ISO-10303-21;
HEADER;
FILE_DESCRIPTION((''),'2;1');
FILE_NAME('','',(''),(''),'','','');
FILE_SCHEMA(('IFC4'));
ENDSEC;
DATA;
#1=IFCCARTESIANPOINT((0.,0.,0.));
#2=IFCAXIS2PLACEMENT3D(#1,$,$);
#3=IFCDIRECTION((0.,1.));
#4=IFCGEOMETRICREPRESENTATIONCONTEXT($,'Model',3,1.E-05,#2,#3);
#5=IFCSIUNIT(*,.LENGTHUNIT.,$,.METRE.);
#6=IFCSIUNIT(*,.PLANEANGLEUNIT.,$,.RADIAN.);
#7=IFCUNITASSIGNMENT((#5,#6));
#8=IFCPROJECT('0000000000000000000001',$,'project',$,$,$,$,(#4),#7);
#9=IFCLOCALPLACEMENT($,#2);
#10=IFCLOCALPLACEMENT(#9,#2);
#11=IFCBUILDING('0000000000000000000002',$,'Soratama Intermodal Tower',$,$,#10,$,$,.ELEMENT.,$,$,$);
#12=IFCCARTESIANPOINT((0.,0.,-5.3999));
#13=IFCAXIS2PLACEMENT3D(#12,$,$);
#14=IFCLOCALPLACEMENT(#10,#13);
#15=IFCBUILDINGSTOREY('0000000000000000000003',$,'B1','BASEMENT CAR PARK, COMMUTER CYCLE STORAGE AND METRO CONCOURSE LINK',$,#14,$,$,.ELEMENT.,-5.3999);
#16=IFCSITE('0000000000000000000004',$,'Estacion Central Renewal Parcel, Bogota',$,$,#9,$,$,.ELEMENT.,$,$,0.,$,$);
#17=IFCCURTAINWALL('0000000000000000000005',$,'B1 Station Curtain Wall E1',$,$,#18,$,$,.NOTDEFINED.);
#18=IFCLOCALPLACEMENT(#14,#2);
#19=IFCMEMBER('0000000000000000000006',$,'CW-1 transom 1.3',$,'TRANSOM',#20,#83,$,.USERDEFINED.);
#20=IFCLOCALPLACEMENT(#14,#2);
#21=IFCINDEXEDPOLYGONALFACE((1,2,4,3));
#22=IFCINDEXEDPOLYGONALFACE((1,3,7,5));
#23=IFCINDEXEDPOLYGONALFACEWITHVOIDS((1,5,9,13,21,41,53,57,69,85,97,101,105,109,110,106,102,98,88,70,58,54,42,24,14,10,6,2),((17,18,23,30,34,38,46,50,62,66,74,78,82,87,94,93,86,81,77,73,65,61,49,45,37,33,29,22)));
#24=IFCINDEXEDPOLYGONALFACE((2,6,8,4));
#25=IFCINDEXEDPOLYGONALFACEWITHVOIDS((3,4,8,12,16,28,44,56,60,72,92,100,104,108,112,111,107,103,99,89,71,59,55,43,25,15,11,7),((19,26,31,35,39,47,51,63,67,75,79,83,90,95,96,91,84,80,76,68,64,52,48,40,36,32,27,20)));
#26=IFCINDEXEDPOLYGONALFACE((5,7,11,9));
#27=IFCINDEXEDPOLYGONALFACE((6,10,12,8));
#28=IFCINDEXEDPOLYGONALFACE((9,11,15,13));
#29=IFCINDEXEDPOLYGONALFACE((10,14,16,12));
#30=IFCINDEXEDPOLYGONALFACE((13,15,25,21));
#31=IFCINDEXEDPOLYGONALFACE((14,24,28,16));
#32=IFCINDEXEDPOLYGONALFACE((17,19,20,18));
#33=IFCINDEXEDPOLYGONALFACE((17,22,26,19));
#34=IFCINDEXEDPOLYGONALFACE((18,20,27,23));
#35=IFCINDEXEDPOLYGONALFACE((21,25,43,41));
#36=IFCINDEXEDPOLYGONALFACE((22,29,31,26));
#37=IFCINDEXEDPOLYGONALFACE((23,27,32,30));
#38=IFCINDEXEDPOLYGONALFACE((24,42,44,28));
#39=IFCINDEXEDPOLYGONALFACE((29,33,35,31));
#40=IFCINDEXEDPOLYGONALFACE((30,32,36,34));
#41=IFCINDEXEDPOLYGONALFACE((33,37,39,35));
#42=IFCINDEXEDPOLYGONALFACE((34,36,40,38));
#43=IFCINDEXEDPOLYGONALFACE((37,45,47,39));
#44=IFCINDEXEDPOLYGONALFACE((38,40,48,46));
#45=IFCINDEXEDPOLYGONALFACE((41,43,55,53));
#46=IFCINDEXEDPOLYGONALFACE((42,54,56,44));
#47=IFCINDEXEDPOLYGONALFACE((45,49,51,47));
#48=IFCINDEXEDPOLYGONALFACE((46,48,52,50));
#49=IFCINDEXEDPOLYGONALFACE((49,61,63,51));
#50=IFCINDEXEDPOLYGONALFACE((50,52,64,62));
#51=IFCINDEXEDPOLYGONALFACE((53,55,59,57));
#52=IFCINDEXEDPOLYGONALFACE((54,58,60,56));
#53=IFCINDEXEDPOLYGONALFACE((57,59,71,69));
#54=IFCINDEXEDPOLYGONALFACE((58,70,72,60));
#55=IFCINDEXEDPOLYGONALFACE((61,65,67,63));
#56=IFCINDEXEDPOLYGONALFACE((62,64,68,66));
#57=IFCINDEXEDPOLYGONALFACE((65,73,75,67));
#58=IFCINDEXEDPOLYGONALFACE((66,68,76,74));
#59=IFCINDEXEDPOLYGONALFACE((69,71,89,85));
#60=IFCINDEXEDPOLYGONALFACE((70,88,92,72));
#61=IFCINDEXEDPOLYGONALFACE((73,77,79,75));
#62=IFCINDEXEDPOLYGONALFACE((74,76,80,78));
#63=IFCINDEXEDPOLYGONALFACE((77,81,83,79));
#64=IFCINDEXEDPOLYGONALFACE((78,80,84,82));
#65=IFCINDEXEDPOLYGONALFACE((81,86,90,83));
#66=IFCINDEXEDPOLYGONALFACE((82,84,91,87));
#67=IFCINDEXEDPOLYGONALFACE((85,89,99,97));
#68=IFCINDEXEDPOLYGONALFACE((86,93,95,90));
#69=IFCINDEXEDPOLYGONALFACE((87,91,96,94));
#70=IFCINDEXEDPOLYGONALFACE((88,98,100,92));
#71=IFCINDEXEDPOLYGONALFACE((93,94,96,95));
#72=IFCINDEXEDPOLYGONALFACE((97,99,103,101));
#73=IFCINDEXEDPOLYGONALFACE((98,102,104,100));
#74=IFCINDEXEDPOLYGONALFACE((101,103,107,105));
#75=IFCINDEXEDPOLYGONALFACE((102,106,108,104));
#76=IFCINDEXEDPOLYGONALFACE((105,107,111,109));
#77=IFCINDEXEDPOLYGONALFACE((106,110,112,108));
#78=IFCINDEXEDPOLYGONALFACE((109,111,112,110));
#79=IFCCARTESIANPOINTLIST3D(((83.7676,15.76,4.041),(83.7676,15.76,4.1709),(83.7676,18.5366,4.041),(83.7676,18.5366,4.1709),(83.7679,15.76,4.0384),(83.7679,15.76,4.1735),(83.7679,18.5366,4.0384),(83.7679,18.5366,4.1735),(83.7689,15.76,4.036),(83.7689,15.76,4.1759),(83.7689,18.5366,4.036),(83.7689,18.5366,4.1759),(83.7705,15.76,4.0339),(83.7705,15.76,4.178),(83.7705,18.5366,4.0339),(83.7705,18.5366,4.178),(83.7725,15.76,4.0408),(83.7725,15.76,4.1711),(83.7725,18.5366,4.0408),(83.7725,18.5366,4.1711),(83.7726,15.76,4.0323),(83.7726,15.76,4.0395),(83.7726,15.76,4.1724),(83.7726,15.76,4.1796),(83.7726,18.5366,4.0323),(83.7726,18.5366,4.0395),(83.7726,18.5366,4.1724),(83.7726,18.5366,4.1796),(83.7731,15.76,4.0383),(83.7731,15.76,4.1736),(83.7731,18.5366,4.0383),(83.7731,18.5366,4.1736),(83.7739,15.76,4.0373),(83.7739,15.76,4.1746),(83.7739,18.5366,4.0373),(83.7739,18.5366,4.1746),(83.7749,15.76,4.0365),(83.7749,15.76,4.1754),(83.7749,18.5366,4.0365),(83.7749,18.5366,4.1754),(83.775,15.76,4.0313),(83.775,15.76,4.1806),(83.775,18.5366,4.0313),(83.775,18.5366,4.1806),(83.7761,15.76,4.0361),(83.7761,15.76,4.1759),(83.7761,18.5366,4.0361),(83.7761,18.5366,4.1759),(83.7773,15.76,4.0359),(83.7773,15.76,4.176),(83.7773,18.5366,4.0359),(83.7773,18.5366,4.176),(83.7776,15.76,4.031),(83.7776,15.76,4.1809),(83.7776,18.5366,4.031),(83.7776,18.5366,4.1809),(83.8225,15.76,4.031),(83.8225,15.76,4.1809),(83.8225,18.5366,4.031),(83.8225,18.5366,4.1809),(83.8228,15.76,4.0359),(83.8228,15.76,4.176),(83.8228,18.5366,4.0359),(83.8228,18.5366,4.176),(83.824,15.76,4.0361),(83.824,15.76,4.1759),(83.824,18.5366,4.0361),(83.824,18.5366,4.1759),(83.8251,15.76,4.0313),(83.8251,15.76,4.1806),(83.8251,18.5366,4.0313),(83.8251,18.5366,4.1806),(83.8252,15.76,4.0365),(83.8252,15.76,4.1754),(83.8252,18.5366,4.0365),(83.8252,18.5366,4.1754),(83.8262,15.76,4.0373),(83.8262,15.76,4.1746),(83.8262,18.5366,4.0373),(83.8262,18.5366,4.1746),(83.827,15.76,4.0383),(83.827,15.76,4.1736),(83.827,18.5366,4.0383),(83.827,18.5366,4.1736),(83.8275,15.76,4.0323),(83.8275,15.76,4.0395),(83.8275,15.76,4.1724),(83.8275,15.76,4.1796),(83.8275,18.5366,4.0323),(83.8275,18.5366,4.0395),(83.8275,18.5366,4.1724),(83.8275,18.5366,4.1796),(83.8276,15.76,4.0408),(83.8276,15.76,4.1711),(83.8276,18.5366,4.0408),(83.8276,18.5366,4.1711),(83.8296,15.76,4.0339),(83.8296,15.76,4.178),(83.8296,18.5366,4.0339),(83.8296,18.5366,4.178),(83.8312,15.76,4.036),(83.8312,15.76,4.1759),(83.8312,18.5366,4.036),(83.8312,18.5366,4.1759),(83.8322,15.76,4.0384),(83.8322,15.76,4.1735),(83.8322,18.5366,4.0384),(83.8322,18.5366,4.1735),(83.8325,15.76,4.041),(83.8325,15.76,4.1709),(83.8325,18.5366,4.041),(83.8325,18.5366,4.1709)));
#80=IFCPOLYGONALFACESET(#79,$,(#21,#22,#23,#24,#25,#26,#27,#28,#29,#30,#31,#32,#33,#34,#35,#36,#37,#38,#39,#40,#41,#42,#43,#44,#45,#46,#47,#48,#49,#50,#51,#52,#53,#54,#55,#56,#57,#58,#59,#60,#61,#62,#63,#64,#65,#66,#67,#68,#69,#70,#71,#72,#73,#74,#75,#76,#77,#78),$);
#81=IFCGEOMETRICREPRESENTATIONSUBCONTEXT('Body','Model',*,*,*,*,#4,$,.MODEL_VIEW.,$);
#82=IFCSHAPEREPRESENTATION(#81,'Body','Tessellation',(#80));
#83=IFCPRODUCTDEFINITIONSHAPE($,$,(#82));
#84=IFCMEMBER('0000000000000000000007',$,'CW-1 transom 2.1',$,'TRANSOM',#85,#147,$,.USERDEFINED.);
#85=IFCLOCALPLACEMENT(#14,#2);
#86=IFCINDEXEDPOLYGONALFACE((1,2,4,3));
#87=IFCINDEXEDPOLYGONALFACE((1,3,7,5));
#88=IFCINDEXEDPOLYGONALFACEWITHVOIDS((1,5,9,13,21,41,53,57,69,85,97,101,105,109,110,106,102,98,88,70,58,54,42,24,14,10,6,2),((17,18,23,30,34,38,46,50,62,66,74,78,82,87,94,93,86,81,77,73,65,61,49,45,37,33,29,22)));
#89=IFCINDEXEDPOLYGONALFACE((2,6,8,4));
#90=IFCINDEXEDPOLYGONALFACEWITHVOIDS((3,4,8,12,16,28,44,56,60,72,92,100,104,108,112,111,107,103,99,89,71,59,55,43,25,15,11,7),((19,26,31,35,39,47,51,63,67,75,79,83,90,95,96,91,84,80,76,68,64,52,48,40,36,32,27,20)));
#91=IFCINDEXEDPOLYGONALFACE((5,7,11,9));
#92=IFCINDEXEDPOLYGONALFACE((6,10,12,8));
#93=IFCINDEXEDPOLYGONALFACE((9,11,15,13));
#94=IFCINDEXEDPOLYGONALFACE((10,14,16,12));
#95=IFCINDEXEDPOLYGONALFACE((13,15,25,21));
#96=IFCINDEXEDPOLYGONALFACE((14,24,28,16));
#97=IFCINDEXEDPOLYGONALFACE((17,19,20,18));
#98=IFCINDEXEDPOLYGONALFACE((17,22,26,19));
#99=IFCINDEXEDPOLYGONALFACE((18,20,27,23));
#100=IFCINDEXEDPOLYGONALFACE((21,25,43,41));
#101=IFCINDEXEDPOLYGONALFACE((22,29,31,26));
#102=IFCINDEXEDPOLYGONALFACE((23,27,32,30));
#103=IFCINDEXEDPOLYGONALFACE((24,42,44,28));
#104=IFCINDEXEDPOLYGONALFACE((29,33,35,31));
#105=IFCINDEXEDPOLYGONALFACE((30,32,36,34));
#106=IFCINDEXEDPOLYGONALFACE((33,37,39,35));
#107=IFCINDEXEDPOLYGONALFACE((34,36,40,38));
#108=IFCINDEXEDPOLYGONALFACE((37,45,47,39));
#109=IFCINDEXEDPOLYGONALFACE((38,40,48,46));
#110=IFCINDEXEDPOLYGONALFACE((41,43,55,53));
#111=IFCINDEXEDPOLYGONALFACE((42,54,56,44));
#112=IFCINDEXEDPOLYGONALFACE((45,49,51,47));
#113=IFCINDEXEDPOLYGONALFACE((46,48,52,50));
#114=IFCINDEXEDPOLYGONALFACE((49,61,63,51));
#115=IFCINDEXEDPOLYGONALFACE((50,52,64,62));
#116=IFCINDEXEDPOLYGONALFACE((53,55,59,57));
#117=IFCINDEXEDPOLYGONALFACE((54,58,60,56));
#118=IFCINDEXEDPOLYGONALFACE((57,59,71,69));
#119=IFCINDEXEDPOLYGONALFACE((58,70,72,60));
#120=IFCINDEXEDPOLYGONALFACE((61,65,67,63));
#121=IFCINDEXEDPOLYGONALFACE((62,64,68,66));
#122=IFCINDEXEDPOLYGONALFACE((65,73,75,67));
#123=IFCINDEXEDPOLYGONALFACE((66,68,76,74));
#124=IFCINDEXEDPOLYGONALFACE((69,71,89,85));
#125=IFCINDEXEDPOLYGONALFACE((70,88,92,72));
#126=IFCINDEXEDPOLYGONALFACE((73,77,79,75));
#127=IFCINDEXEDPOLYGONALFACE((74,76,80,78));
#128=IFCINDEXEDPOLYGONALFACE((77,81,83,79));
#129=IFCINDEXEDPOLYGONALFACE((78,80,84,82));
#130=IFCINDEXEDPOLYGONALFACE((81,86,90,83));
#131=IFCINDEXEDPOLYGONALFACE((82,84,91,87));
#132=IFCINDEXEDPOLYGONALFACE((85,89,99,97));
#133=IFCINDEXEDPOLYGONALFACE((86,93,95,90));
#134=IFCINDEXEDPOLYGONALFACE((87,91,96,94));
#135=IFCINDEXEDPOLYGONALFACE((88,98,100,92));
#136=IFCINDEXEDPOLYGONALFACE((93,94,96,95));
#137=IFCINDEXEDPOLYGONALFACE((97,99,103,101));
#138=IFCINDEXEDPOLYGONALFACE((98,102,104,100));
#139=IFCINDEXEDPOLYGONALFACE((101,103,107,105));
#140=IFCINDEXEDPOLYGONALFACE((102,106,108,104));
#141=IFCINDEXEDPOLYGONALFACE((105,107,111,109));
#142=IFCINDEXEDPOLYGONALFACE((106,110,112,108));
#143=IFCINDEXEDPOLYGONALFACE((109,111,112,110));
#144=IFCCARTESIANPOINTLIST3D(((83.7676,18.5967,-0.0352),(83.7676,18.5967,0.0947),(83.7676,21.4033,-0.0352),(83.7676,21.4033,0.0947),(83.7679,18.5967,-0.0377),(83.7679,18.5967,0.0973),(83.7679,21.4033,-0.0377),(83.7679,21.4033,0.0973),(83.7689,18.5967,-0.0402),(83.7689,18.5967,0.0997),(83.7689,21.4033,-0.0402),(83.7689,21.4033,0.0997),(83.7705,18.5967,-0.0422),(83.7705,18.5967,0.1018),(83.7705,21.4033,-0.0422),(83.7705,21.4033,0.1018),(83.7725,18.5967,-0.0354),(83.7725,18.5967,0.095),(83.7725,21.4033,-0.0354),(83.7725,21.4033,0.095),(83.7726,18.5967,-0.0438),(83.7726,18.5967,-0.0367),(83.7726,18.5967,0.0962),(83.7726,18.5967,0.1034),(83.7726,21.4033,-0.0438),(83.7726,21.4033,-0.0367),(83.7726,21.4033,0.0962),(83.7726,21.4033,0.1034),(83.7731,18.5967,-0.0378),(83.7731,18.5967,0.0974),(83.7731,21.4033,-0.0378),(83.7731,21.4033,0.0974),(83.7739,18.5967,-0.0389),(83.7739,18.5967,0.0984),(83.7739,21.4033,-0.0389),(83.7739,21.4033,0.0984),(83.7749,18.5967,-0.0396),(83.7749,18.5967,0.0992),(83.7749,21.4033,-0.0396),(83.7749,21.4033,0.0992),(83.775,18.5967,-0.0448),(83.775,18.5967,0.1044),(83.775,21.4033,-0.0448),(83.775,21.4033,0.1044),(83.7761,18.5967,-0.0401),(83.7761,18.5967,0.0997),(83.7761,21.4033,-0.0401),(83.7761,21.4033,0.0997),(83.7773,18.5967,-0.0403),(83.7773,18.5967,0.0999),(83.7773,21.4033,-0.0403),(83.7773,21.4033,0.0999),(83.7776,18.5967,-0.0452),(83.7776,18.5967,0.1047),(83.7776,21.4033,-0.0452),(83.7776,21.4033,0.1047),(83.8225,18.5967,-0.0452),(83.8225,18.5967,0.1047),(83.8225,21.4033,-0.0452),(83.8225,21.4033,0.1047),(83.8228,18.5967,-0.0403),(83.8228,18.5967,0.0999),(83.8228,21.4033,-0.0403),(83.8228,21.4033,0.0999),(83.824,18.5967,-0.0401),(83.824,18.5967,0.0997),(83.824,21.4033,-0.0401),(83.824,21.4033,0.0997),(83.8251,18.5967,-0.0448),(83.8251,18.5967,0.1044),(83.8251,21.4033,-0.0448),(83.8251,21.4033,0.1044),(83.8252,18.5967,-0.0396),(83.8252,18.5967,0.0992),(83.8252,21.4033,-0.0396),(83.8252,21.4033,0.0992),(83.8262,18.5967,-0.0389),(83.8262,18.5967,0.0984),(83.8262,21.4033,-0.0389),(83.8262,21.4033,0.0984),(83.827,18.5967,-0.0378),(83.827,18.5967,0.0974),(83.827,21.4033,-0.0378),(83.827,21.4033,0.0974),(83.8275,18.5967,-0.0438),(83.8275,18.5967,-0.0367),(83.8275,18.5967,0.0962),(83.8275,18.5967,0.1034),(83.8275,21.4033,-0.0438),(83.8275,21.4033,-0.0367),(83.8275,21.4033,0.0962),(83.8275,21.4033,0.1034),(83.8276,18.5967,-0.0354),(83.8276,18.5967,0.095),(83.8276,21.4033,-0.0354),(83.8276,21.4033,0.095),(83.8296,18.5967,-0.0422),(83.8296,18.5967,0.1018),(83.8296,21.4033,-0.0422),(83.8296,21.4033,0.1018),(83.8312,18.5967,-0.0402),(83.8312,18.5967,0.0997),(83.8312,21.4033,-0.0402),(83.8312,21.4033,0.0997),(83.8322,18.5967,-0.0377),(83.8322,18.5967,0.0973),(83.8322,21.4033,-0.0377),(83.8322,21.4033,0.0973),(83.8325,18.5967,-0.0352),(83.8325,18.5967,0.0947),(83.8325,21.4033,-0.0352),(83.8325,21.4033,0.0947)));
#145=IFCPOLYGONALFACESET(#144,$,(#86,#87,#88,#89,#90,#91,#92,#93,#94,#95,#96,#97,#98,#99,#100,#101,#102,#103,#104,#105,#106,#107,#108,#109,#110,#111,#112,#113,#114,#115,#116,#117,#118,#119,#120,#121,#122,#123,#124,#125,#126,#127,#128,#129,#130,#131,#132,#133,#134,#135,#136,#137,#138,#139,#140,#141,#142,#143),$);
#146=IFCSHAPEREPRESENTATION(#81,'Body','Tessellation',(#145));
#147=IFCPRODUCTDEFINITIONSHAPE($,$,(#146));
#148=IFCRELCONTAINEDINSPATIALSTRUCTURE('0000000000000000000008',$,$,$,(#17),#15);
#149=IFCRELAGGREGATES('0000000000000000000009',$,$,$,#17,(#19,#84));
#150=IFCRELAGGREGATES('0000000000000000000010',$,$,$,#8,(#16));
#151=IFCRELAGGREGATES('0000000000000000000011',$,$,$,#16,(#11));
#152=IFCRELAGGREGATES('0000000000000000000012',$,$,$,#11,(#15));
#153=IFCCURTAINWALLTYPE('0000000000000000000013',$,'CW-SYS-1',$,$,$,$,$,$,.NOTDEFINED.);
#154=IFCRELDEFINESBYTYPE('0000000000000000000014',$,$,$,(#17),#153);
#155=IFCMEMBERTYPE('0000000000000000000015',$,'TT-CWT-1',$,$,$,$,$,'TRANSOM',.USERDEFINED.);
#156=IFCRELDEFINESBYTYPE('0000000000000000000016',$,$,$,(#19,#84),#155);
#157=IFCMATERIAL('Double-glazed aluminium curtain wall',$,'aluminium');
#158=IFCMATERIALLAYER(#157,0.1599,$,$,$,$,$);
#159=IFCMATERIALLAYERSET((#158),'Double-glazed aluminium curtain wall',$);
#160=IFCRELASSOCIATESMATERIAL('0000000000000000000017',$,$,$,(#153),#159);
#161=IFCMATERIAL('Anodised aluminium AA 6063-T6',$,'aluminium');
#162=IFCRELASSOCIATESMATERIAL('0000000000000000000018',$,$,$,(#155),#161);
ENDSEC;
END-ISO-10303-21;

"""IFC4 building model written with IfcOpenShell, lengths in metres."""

from ifc_helpers import new_model, si_unit, direction, frame, origin, origin_2d, place, context, subcontext, project, spatial, hollow_rectangle, extrude, material, layer, layer_set, material_profile, profile_set, type_object, element, aggregate, save


model = new_model("IFC4")

# Units and contexts
model_context = context("Model", 3, precision=1e-05, world=origin(), true_north=direction((0.0, 1.0)))
body_context = subcontext(model_context, "Body", "Model", "MODEL_VIEW")
ifc_project = project(units=[si_unit("LENGTHUNIT", "METRE"), si_unit("PLANEANGLEUNIT", "RADIAN")], contexts=[model_context])

# Site, building, storey
site_placement = place(None, origin())
site = spatial("IfcSite", under=ifc_project, at=site_placement, Name="Estacion Central Renewal Parcel, Bogota", CompositionType="ELEMENT", RefElevation=0.0)
building_placement = place(site_placement, origin())
building = spatial("IfcBuilding", under=site, at=building_placement, Name="Soratama Intermodal Tower", CompositionType="ELEMENT")
storey_placement = place(building_placement, frame((0.0, 0.0, -5.3999)))
storey = spatial("IfcBuildingStorey", under=building, at=storey_placement, Name="B1", Description="BASEMENT CAR PARK, COMMUTER CYCLE STORAGE AND METRO CONCOURSE LINK", CompositionType="ELEMENT", Elevation=-5.3999)

# Curtain wall
ifc_material_1 = material(Name="Double-glazed aluminium curtain wall", Category="aluminium")
ifc_layer_1 = layer(ifc_material_1, 0.1599)
ifc_layer_set_1 = layer_set([ifc_layer_1], Name="Double-glazed aluminium curtain wall")
curtain_wall_type = type_object("IfcCurtainWallType", Name="CW-SYS-1", PredefinedType="NOTDEFINED", material=ifc_layer_set_1)
curtain_wall_1_placement = place(storey_placement, origin())
curtain_wall_1 = element("IfcCurtainWall", 1, at=curtain_wall_1_placement, inside=storey, type_object=curtain_wall_type, Name="B1 Station Curtain Wall E1", PredefinedType="NOTDEFINED")

# Members
ifc_material_2 = material(Name="Anodised aluminium AA 6063-T6", Category="aluminium")
ifc_material_profile_1 = material_profile(ifc_material_2, hollow_rectangle(XDim=0.0649, YDim=0.1499, WallThickness=0.0049, InnerFilletRadius=0.0049, OuterFilletRadius=0.01, at=origin_2d()), Name="CWT150X65X5")
ifc_profile_set_1 = profile_set([ifc_material_profile_1], Name="Anodised aluminium AA 6063-T6")
member_type_1 = type_object("IfcMemberType", Name="TT-CWT-1", ElementType="TRANSOM", PredefinedType="USERDEFINED", material=ifc_profile_set_1)
member_1_placement = place(storey_placement, frame((83.8, 15.76, 4.106), z_axis=(0.0, 1.0, 0.0), x_axis=(-1.0, 0.0, 0.0)))
member_1 = element("IfcMember", 2, at=member_1_placement, type_object=member_type_1, Name="CW-1 transom 1.3", ObjectType="TRANSOM", PredefinedType="USERDEFINED", context=body_context, shape_type="SweptSolid", body=[
    extrude(hollow_rectangle(XDim=0.0649, YDim=0.1499, WallThickness=0.0049, InnerFilletRadius=0.0049, OuterFilletRadius=0.01, at=origin_2d()), origin(), (0.0, 0.0, 1.0), 2.7766),
])
member_2_placement = place(storey_placement, frame((83.8, 18.5967, 0.0298), z_axis=(0.0, 1.0, 0.0), x_axis=(-1.0, 0.0, 0.0)))
member_2 = element("IfcMember", 3, at=member_2_placement, type_object=member_type_1, Name="CW-1 transom 2.1", ObjectType="TRANSOM", PredefinedType="USERDEFINED", context=body_context, shape_type="SweptSolid", body=[
    extrude(hollow_rectangle(XDim=0.0649, YDim=0.1499, WallThickness=0.0049, InnerFilletRadius=0.0049, OuterFilletRadius=0.01, at=origin_2d()), origin(), (0.0, 0.0, 1.0), 2.8066),
])

aggregate(curtain_wall_1, [member_1, member_2])

save(model, "model.ifc")
